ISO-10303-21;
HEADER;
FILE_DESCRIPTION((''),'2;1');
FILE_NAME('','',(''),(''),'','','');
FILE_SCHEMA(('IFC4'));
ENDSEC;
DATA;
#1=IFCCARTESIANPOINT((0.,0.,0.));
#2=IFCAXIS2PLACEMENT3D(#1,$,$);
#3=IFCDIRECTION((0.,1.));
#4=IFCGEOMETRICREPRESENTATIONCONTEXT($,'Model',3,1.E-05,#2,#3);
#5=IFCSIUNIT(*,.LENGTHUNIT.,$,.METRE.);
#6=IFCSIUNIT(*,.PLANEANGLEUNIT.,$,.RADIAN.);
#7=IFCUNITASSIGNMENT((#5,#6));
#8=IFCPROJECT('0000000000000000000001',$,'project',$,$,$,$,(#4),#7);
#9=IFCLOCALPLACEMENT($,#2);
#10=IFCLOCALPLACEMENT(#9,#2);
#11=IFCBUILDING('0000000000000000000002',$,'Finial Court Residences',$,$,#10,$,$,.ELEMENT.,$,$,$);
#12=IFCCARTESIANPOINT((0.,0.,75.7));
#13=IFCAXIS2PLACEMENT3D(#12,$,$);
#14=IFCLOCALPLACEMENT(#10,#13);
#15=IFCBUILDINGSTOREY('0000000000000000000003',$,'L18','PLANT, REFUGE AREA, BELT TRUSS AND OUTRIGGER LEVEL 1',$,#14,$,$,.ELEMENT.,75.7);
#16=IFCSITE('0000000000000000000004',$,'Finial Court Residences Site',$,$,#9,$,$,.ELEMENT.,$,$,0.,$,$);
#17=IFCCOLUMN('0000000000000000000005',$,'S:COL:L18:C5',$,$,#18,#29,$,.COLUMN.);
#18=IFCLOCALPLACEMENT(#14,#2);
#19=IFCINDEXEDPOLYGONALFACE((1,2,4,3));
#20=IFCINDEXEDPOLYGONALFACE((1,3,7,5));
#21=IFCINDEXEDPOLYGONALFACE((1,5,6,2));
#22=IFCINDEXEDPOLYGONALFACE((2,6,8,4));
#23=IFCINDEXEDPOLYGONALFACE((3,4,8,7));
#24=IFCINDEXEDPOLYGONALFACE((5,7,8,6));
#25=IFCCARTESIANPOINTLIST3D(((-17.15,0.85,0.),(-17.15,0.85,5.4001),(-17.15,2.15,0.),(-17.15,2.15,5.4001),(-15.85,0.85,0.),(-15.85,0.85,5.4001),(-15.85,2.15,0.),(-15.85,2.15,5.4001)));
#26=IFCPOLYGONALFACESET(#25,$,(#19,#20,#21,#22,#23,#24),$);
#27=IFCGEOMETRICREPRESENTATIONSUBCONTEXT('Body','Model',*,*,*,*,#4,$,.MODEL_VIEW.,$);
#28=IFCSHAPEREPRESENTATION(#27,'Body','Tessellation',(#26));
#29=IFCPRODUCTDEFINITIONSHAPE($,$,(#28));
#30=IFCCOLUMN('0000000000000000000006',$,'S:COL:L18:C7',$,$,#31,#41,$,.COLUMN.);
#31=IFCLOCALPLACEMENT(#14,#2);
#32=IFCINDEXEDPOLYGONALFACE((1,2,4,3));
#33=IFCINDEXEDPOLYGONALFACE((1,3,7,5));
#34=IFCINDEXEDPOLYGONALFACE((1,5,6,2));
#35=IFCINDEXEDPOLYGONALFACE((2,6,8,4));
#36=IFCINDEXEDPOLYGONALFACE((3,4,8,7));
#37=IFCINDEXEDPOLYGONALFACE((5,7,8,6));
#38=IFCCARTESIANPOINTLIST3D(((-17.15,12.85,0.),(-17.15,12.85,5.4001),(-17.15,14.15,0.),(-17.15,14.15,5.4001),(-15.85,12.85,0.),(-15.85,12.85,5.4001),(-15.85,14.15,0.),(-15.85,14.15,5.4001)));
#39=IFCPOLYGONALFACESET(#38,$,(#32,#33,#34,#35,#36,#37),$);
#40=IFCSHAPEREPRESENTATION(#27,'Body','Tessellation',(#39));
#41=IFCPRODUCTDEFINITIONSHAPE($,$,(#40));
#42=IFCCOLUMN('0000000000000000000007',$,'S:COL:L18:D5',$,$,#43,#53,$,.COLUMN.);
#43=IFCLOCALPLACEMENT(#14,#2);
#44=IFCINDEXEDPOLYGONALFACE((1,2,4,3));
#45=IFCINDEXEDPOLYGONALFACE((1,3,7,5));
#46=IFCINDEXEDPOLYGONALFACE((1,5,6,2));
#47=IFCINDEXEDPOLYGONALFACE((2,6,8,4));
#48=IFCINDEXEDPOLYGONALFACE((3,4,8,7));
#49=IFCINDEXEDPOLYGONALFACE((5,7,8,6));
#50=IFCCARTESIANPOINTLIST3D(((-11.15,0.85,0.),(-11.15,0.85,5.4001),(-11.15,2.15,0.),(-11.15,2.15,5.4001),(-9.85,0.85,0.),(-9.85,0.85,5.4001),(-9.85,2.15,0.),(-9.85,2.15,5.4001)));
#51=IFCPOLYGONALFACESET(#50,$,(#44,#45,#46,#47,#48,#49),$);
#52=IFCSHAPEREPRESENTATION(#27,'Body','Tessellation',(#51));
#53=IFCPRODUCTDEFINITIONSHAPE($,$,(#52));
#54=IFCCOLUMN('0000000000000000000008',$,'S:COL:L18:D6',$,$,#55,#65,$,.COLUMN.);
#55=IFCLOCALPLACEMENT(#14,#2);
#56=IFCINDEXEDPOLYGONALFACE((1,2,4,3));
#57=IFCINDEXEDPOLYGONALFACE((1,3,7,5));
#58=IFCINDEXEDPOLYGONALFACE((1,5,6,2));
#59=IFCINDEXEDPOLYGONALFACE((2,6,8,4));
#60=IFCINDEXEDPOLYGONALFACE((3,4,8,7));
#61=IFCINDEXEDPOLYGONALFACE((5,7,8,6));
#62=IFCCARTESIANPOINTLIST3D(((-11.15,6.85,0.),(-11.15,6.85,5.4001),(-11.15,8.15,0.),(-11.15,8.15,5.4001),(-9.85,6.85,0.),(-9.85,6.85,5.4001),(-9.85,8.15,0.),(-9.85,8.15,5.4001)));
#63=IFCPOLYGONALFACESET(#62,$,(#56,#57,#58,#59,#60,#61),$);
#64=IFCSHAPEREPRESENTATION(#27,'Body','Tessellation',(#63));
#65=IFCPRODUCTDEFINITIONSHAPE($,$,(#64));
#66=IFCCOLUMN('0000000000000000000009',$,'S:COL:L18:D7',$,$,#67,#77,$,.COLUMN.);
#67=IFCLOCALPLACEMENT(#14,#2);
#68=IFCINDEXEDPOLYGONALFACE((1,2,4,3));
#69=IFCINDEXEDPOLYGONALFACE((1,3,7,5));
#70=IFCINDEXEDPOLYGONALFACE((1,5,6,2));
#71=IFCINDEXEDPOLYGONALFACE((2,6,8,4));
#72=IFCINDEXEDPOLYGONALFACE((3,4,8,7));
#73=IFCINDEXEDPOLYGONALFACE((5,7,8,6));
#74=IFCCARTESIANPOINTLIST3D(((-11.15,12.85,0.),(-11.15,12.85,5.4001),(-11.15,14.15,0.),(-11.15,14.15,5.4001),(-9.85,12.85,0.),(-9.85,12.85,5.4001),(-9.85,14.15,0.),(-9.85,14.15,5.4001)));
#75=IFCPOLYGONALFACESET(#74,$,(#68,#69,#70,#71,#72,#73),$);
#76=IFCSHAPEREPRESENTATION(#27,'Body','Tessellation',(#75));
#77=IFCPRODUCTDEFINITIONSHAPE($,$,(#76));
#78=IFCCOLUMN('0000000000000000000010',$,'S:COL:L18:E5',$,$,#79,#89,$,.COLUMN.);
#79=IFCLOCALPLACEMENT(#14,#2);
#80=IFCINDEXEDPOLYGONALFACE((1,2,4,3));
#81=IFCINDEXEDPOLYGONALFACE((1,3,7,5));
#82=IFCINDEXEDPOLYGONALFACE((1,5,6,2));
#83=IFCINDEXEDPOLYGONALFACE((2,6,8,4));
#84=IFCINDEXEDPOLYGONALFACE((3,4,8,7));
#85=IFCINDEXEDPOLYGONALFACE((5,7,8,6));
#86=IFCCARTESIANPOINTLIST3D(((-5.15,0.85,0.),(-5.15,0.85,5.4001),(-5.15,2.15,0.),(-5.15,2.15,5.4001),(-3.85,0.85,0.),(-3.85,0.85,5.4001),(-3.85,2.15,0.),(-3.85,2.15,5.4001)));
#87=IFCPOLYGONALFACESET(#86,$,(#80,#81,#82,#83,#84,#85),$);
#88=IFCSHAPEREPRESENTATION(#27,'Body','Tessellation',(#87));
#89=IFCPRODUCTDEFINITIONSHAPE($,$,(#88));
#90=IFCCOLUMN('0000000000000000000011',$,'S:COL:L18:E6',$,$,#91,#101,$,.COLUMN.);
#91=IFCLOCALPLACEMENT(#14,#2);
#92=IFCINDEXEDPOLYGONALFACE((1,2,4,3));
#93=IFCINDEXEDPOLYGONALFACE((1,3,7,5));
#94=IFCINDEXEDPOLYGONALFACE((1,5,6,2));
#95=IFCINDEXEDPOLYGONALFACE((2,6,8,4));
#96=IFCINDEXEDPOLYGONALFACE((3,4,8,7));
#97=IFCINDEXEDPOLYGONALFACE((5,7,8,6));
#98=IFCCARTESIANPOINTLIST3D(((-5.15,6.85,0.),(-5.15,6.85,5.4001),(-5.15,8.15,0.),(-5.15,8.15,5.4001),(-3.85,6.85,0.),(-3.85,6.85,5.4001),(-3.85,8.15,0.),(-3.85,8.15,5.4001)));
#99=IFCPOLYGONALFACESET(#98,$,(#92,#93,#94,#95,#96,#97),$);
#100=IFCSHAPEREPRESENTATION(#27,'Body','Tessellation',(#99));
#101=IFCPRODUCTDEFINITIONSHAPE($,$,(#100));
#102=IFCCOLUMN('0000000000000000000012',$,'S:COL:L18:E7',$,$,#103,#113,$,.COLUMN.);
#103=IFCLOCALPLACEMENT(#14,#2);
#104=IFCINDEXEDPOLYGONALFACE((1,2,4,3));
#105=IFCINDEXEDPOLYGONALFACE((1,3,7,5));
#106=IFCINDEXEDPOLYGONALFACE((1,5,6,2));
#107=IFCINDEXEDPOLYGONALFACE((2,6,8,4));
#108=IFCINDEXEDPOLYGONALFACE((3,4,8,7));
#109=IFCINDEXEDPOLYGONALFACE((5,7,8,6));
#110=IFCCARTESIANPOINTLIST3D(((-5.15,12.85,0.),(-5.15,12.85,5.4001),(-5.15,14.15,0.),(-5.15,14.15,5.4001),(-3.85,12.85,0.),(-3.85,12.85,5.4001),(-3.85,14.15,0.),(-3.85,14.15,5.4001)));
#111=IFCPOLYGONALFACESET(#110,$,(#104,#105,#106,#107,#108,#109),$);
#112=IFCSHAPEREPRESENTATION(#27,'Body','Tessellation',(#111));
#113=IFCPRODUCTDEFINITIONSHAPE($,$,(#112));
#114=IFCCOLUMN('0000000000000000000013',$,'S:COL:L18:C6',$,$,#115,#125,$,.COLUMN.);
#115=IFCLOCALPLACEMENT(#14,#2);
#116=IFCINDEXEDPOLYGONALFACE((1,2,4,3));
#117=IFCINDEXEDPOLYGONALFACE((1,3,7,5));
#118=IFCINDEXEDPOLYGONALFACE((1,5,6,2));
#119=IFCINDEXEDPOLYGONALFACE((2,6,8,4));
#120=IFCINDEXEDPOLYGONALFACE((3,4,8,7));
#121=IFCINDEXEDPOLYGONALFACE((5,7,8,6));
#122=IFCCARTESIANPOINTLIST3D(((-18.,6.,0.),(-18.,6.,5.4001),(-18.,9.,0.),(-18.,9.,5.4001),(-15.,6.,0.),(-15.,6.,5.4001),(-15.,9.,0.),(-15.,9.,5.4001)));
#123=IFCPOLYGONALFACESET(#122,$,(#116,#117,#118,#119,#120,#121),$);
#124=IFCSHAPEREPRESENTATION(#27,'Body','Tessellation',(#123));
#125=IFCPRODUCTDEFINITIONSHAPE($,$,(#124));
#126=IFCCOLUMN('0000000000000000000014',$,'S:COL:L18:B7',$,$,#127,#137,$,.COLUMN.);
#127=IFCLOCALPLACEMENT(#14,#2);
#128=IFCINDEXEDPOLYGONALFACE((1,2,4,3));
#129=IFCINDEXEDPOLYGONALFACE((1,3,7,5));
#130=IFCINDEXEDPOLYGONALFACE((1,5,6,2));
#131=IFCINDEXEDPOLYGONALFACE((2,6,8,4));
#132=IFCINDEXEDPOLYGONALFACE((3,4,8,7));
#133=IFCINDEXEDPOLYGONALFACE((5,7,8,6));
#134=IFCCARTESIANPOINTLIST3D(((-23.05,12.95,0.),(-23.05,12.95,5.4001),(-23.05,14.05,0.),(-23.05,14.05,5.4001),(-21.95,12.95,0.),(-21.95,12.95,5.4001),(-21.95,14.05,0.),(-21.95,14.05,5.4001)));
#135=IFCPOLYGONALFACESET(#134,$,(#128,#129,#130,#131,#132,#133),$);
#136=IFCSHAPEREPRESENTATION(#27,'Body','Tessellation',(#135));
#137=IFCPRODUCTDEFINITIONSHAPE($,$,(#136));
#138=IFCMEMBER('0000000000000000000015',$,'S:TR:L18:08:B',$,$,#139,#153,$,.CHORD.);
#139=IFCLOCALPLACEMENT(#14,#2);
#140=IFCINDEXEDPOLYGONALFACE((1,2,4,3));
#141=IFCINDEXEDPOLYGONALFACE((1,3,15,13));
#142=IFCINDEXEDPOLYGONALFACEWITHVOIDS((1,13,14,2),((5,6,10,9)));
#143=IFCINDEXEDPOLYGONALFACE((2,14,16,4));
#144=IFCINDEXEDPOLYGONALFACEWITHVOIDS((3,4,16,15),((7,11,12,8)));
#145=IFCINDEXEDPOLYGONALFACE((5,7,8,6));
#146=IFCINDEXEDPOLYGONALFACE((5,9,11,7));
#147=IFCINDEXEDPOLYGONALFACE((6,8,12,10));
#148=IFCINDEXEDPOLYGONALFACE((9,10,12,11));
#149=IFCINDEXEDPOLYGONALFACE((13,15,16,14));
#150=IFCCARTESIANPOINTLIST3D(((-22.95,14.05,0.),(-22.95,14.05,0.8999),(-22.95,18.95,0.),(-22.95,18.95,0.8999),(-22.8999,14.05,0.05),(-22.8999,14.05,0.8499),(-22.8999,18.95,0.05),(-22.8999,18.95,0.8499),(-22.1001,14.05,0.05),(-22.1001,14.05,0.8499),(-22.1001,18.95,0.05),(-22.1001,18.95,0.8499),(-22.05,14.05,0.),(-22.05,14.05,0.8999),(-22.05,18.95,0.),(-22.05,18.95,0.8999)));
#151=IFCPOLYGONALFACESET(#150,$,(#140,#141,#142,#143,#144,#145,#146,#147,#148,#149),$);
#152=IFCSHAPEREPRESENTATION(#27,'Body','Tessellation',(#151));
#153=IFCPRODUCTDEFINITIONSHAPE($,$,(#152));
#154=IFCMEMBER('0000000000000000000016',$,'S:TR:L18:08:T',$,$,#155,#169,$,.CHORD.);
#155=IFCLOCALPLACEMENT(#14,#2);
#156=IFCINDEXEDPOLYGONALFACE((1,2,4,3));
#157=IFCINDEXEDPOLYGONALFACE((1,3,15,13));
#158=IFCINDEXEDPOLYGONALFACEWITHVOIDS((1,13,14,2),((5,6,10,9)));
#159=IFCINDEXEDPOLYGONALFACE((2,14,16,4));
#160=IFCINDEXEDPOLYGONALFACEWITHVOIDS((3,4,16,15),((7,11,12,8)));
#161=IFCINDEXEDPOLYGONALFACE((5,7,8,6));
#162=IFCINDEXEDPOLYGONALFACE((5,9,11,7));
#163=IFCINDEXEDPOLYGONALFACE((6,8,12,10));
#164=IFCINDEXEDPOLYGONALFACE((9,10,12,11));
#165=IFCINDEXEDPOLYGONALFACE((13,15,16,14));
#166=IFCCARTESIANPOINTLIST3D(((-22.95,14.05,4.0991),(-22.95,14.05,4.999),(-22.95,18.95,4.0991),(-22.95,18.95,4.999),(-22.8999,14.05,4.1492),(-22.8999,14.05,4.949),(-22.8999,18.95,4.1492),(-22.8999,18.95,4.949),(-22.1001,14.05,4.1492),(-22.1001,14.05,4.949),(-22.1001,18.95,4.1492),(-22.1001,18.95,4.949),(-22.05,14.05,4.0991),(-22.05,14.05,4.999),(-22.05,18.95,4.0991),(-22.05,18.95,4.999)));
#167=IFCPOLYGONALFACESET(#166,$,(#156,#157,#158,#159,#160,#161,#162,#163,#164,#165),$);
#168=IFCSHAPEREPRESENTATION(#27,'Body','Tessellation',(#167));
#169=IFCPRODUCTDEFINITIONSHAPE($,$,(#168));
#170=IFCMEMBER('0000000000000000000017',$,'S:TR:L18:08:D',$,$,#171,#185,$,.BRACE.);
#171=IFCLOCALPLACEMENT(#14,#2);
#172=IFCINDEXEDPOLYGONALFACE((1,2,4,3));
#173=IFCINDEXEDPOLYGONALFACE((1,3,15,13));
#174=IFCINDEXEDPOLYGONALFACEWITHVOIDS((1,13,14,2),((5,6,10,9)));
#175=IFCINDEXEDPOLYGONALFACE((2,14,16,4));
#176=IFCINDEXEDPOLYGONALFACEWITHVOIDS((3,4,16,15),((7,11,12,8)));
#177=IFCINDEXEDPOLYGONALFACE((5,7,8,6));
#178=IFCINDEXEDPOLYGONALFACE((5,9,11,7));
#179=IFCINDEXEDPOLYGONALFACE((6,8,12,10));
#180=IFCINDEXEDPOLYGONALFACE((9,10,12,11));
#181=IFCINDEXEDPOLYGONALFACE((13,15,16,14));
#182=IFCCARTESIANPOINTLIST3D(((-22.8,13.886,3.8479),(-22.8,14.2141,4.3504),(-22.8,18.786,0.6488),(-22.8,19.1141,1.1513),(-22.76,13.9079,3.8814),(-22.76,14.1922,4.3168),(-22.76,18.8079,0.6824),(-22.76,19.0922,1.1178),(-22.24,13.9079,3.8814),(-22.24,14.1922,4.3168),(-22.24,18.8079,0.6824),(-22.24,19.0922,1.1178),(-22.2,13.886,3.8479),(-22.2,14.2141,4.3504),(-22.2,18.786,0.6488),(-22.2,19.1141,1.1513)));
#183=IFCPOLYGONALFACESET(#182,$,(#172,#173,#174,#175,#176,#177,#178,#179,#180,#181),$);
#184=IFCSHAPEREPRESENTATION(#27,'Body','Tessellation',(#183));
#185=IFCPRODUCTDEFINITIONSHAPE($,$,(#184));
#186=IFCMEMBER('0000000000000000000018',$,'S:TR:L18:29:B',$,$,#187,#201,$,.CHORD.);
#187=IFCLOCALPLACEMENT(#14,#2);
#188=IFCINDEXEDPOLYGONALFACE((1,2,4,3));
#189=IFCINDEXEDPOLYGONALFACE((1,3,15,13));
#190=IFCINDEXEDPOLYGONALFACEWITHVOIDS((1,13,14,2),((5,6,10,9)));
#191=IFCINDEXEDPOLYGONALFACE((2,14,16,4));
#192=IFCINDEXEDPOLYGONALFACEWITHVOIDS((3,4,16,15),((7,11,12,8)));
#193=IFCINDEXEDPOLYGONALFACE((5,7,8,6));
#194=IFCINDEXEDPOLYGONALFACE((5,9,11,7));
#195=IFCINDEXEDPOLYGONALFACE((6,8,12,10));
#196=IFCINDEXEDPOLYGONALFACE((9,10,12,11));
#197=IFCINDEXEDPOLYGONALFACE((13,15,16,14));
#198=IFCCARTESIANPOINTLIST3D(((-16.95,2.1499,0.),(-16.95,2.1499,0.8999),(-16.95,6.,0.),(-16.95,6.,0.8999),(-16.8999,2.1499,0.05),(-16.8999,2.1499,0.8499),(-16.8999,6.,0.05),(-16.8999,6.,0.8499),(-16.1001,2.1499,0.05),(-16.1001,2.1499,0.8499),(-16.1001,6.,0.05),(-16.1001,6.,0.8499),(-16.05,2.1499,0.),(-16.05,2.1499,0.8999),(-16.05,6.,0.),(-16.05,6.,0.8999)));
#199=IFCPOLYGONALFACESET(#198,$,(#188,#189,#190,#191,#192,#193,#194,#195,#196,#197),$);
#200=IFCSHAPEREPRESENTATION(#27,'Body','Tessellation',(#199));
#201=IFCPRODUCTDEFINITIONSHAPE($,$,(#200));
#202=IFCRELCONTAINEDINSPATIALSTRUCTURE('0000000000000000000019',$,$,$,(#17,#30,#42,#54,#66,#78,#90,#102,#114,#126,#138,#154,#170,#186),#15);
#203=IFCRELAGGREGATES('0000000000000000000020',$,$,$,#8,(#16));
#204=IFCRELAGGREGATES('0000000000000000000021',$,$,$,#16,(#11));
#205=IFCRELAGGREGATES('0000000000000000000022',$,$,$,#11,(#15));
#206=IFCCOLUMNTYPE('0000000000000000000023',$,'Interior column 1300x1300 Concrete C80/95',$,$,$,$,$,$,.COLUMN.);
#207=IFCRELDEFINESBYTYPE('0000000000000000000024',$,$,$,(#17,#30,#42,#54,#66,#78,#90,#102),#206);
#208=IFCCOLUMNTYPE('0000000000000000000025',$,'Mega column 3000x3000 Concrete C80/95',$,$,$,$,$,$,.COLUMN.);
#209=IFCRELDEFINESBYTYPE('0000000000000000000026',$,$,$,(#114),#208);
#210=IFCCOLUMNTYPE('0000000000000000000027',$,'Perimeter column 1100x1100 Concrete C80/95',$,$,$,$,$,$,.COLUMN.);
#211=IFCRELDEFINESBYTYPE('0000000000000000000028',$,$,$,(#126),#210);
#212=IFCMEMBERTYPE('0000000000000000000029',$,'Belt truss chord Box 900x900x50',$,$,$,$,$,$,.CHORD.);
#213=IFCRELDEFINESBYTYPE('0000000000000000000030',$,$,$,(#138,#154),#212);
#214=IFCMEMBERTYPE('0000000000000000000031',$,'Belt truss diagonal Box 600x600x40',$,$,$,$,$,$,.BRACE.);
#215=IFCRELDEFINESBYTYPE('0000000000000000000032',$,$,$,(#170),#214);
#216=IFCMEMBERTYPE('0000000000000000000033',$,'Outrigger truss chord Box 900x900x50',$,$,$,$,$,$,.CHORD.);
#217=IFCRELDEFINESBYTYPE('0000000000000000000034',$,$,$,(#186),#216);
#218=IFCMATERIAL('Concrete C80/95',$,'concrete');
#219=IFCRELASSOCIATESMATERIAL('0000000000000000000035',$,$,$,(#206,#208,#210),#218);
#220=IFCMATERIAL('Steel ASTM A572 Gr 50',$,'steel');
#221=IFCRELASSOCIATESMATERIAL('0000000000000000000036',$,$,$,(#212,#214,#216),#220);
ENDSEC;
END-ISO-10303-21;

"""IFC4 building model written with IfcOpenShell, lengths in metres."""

from ifc_helpers import new_model, si_unit, direction, frame, origin, origin_2d, place, context, subcontext, project, spatial, rectangle, hollow_rectangle, extrude, material, material_profile, profile_set, type_object, element, save


model = new_model("IFC4")

# Units and contexts
model_context = context("Model", 3, precision=1e-05, world=origin(), true_north=direction((0.0, 1.0)))
body_context = subcontext(model_context, "Body", "Model", "MODEL_VIEW")
ifc_project = project(units=[si_unit("LENGTHUNIT", "METRE"), si_unit("PLANEANGLEUNIT", "RADIAN")], contexts=[model_context])

# Site, building, storey
site_placement = place(None, origin())
site = spatial("IfcSite", under=ifc_project, at=site_placement, Name="Finial Court Residences Site", CompositionType="ELEMENT", RefElevation=0.0)
building_placement = place(site_placement, origin())
building = spatial("IfcBuilding", under=site, at=building_placement, Name="Finial Court Residences", CompositionType="ELEMENT")
storey_placement = place(building_placement, frame((0.0, 0.0, 75.7)))
storey = spatial("IfcBuildingStorey", under=building, at=storey_placement, Name="L18", Description="PLANT, REFUGE AREA, BELT TRUSS AND OUTRIGGER LEVEL 1", CompositionType="ELEMENT", Elevation=75.7)

# Columns
ifc_material_1 = material(Name="Concrete C80/95", Category="concrete")
ifc_material_profile_1 = material_profile(ifc_material_1, rectangle(XDim=1.3, YDim=1.3, at=origin_2d()), Name="1300x1300")
ifc_profile_set_1 = profile_set([ifc_material_profile_1], Name="Concrete C80/95")
column_type_1 = type_object("IfcColumnType", Name="Interior column 1300x1300 Concrete C80/95", PredefinedType="COLUMN", material=ifc_profile_set_1)
for number, where, z_axis, x_axis, name in (
    (1, (-16.5, 1.5, 0.0), (0.0, 0.0, 1.0), (1.0, 0.0, 0.0), "S:COL:L18:C5"),
    (2, (-16.5, 13.5, 0.0), (0.0, 0.0, 1.0), (1.0, 0.0, 0.0), "S:COL:L18:C7"),
    (3, (-10.5, 1.5, 0.0), (0.0, 0.0, 1.0), (1.0, 0.0, 0.0), "S:COL:L18:D5"),
    (4, (-10.5, 7.5, 0.0), (0.0, 0.0, 1.0), (1.0, 0.0, 0.0), "S:COL:L18:D6"),
    (5, (-10.5, 13.5, 0.0), (0.0, 0.0, 1.0), (1.0, 0.0, 0.0), "S:COL:L18:D7"),
    (6, (-4.5, 1.5, 0.0), (0.0, 0.0, 1.0), (1.0, 0.0, 0.0), "S:COL:L18:E5"),
    (7, (-4.5, 7.5, 0.0), (0.0, 0.0, 1.0), (1.0, 0.0, 0.0), "S:COL:L18:E6"),
    (8, (-4.5, 13.5, 0.0), (0.0, 0.0, 1.0), (1.0, 0.0, 0.0), "S:COL:L18:E7"),
):
    element("IfcColumn", number, at=place(storey_placement, frame(where, z_axis=z_axis, x_axis=x_axis)), inside=storey, type_object=column_type_1, Name=name, PredefinedType="COLUMN", context=body_context, shape_type="SweptSolid", body=[
        extrude(rectangle(XDim=1.3, YDim=1.3, at=origin_2d()), origin(), (0.0, 0.0, 1.0), 5.4001),
    ])
ifc_material_profile_2 = material_profile(ifc_material_1, rectangle(XDim=3.0, YDim=3.0, at=origin_2d()), Name="3000x3000")
ifc_profile_set_2 = profile_set([ifc_material_profile_2], Name="Concrete C80/95")
column_type_2 = type_object("IfcColumnType", Name="Mega column 3000x3000 Concrete C80/95", PredefinedType="COLUMN", material=ifc_profile_set_2)
column_1_placement = place(storey_placement, frame((-16.5, 7.5, 0.0), z_axis=(0.0, 0.0, 1.0), x_axis=(1.0, 0.0, 0.0)))
element("IfcColumn", 9, at=column_1_placement, inside=storey, type_object=column_type_2, Name="S:COL:L18:C6", PredefinedType="COLUMN", context=body_context, shape_type="SweptSolid", body=[
    extrude(rectangle(XDim=3.0, YDim=3.0, at=origin_2d()), origin(), (0.0, 0.0, 1.0), 5.4001),
])
ifc_material_profile_3 = material_profile(ifc_material_1, rectangle(XDim=1.1001, YDim=1.1001, at=origin_2d()), Name="1100x1100")
ifc_profile_set_3 = profile_set([ifc_material_profile_3], Name="Concrete C80/95")
column_type_3 = type_object("IfcColumnType", Name="Perimeter column 1100x1100 Concrete C80/95", PredefinedType="COLUMN", material=ifc_profile_set_3)
column_2_placement = place(storey_placement, frame((-22.5, 13.5, 0.0), z_axis=(0.0, 0.0, 1.0), x_axis=(1.0, 0.0, 0.0)))
element("IfcColumn", 10, at=column_2_placement, inside=storey, type_object=column_type_3, Name="S:COL:L18:B7", PredefinedType="COLUMN", context=body_context, shape_type="SweptSolid", body=[
    extrude(rectangle(XDim=1.1001, YDim=1.1001, at=origin_2d()), origin(), (0.0, 0.0, 1.0), 5.4001),
])

# Members
ifc_material_2 = material(Name="Steel ASTM A572 Gr 50", Category="steel")
ifc_material_profile_4 = material_profile(ifc_material_2, hollow_rectangle(XDim=0.8999, YDim=0.8999, WallThickness=0.05, at=origin_2d()), Name="Box 900x900x50")
ifc_profile_set_4 = profile_set([ifc_material_profile_4], Name="Steel ASTM A572 Gr 50")
member_type_1 = type_object("IfcMemberType", Name="Belt truss chord Box 900x900x50", PredefinedType="CHORD", material=ifc_profile_set_4)
for number, where, z_axis, x_axis, name in (
    (11, (-22.5, 14.05, 0.45), (0.0, 1.0, 0.0), (-1.0, 0.0, 0.0), "S:TR:L18:08:B"),
    (12, (-22.5, 14.05, 4.5491), (0.0, 1.0, 0.0), (-1.0, 0.0, 0.0), "S:TR:L18:08:T"),
):
    element("IfcMember", number, at=place(storey_placement, frame(where, z_axis=z_axis, x_axis=x_axis)), inside=storey, type_object=member_type_1, Name=name, PredefinedType="CHORD", context=body_context, shape_type="SweptSolid", body=[
        extrude(hollow_rectangle(XDim=0.8999, YDim=0.8999, WallThickness=0.05, at=origin_2d()), origin(), (0.0, 0.0, 1.0), 4.8999),
    ])
ifc_material_profile_5 = material_profile(ifc_material_2, hollow_rectangle(XDim=0.6001, YDim=0.6001, WallThickness=0.04, at=origin_2d()), Name="Box 600x600x40")
ifc_profile_set_5 = profile_set([ifc_material_profile_5], Name="Steel ASTM A572 Gr 50")
member_type_2 = type_object("IfcMemberType", Name="Belt truss diagonal Box 600x600x40", PredefinedType="BRACE", material=ifc_profile_set_5)
member_1_placement = place(storey_placement, frame((-22.5, 14.05, 4.0991), z_axis=(0.0, 0.837346, -0.546674), x_axis=(-1.0, 0.0, 0.0)))
element("IfcMember", 13, at=member_1_placement, inside=storey, type_object=member_type_2, Name="S:TR:L18:08:D", PredefinedType="BRACE", context=body_context, shape_type="SweptSolid", body=[
    extrude(hollow_rectangle(XDim=0.6001, YDim=0.6001, WallThickness=0.04, at=origin_2d()), origin(), (0.0, 0.0, 1.0), 5.8518),
])
ifc_material_profile_6 = material_profile(ifc_material_2, hollow_rectangle(XDim=0.8999, YDim=0.8999, WallThickness=0.05, at=origin_2d()), Name="Box 900x900x50")
ifc_profile_set_6 = profile_set([ifc_material_profile_6], Name="Steel ASTM A572 Gr 50")
member_type_3 = type_object("IfcMemberType", Name="Outrigger truss chord Box 900x900x50", PredefinedType="CHORD", material=ifc_profile_set_6)
for number, where, z_axis, x_axis, name in (
    (14, (-16.5, 2.1499, 0.45), (0.0, 1.0, 0.0), (-1.0, 0.0, 0.0), "S:TR:L18:29:B"),
):
    element("IfcMember", number, at=place(storey_placement, frame(where, z_axis=z_axis, x_axis=x_axis)), inside=storey, type_object=member_type_3, Name=name, PredefinedType="CHORD", context=body_context, shape_type="SweptSolid", body=[
        extrude(hollow_rectangle(XDim=0.8999, YDim=0.8999, WallThickness=0.05, at=origin_2d()), origin(), (0.0, 0.0, 1.0), 3.8501),
    ])

save(model, "model.ifc")
